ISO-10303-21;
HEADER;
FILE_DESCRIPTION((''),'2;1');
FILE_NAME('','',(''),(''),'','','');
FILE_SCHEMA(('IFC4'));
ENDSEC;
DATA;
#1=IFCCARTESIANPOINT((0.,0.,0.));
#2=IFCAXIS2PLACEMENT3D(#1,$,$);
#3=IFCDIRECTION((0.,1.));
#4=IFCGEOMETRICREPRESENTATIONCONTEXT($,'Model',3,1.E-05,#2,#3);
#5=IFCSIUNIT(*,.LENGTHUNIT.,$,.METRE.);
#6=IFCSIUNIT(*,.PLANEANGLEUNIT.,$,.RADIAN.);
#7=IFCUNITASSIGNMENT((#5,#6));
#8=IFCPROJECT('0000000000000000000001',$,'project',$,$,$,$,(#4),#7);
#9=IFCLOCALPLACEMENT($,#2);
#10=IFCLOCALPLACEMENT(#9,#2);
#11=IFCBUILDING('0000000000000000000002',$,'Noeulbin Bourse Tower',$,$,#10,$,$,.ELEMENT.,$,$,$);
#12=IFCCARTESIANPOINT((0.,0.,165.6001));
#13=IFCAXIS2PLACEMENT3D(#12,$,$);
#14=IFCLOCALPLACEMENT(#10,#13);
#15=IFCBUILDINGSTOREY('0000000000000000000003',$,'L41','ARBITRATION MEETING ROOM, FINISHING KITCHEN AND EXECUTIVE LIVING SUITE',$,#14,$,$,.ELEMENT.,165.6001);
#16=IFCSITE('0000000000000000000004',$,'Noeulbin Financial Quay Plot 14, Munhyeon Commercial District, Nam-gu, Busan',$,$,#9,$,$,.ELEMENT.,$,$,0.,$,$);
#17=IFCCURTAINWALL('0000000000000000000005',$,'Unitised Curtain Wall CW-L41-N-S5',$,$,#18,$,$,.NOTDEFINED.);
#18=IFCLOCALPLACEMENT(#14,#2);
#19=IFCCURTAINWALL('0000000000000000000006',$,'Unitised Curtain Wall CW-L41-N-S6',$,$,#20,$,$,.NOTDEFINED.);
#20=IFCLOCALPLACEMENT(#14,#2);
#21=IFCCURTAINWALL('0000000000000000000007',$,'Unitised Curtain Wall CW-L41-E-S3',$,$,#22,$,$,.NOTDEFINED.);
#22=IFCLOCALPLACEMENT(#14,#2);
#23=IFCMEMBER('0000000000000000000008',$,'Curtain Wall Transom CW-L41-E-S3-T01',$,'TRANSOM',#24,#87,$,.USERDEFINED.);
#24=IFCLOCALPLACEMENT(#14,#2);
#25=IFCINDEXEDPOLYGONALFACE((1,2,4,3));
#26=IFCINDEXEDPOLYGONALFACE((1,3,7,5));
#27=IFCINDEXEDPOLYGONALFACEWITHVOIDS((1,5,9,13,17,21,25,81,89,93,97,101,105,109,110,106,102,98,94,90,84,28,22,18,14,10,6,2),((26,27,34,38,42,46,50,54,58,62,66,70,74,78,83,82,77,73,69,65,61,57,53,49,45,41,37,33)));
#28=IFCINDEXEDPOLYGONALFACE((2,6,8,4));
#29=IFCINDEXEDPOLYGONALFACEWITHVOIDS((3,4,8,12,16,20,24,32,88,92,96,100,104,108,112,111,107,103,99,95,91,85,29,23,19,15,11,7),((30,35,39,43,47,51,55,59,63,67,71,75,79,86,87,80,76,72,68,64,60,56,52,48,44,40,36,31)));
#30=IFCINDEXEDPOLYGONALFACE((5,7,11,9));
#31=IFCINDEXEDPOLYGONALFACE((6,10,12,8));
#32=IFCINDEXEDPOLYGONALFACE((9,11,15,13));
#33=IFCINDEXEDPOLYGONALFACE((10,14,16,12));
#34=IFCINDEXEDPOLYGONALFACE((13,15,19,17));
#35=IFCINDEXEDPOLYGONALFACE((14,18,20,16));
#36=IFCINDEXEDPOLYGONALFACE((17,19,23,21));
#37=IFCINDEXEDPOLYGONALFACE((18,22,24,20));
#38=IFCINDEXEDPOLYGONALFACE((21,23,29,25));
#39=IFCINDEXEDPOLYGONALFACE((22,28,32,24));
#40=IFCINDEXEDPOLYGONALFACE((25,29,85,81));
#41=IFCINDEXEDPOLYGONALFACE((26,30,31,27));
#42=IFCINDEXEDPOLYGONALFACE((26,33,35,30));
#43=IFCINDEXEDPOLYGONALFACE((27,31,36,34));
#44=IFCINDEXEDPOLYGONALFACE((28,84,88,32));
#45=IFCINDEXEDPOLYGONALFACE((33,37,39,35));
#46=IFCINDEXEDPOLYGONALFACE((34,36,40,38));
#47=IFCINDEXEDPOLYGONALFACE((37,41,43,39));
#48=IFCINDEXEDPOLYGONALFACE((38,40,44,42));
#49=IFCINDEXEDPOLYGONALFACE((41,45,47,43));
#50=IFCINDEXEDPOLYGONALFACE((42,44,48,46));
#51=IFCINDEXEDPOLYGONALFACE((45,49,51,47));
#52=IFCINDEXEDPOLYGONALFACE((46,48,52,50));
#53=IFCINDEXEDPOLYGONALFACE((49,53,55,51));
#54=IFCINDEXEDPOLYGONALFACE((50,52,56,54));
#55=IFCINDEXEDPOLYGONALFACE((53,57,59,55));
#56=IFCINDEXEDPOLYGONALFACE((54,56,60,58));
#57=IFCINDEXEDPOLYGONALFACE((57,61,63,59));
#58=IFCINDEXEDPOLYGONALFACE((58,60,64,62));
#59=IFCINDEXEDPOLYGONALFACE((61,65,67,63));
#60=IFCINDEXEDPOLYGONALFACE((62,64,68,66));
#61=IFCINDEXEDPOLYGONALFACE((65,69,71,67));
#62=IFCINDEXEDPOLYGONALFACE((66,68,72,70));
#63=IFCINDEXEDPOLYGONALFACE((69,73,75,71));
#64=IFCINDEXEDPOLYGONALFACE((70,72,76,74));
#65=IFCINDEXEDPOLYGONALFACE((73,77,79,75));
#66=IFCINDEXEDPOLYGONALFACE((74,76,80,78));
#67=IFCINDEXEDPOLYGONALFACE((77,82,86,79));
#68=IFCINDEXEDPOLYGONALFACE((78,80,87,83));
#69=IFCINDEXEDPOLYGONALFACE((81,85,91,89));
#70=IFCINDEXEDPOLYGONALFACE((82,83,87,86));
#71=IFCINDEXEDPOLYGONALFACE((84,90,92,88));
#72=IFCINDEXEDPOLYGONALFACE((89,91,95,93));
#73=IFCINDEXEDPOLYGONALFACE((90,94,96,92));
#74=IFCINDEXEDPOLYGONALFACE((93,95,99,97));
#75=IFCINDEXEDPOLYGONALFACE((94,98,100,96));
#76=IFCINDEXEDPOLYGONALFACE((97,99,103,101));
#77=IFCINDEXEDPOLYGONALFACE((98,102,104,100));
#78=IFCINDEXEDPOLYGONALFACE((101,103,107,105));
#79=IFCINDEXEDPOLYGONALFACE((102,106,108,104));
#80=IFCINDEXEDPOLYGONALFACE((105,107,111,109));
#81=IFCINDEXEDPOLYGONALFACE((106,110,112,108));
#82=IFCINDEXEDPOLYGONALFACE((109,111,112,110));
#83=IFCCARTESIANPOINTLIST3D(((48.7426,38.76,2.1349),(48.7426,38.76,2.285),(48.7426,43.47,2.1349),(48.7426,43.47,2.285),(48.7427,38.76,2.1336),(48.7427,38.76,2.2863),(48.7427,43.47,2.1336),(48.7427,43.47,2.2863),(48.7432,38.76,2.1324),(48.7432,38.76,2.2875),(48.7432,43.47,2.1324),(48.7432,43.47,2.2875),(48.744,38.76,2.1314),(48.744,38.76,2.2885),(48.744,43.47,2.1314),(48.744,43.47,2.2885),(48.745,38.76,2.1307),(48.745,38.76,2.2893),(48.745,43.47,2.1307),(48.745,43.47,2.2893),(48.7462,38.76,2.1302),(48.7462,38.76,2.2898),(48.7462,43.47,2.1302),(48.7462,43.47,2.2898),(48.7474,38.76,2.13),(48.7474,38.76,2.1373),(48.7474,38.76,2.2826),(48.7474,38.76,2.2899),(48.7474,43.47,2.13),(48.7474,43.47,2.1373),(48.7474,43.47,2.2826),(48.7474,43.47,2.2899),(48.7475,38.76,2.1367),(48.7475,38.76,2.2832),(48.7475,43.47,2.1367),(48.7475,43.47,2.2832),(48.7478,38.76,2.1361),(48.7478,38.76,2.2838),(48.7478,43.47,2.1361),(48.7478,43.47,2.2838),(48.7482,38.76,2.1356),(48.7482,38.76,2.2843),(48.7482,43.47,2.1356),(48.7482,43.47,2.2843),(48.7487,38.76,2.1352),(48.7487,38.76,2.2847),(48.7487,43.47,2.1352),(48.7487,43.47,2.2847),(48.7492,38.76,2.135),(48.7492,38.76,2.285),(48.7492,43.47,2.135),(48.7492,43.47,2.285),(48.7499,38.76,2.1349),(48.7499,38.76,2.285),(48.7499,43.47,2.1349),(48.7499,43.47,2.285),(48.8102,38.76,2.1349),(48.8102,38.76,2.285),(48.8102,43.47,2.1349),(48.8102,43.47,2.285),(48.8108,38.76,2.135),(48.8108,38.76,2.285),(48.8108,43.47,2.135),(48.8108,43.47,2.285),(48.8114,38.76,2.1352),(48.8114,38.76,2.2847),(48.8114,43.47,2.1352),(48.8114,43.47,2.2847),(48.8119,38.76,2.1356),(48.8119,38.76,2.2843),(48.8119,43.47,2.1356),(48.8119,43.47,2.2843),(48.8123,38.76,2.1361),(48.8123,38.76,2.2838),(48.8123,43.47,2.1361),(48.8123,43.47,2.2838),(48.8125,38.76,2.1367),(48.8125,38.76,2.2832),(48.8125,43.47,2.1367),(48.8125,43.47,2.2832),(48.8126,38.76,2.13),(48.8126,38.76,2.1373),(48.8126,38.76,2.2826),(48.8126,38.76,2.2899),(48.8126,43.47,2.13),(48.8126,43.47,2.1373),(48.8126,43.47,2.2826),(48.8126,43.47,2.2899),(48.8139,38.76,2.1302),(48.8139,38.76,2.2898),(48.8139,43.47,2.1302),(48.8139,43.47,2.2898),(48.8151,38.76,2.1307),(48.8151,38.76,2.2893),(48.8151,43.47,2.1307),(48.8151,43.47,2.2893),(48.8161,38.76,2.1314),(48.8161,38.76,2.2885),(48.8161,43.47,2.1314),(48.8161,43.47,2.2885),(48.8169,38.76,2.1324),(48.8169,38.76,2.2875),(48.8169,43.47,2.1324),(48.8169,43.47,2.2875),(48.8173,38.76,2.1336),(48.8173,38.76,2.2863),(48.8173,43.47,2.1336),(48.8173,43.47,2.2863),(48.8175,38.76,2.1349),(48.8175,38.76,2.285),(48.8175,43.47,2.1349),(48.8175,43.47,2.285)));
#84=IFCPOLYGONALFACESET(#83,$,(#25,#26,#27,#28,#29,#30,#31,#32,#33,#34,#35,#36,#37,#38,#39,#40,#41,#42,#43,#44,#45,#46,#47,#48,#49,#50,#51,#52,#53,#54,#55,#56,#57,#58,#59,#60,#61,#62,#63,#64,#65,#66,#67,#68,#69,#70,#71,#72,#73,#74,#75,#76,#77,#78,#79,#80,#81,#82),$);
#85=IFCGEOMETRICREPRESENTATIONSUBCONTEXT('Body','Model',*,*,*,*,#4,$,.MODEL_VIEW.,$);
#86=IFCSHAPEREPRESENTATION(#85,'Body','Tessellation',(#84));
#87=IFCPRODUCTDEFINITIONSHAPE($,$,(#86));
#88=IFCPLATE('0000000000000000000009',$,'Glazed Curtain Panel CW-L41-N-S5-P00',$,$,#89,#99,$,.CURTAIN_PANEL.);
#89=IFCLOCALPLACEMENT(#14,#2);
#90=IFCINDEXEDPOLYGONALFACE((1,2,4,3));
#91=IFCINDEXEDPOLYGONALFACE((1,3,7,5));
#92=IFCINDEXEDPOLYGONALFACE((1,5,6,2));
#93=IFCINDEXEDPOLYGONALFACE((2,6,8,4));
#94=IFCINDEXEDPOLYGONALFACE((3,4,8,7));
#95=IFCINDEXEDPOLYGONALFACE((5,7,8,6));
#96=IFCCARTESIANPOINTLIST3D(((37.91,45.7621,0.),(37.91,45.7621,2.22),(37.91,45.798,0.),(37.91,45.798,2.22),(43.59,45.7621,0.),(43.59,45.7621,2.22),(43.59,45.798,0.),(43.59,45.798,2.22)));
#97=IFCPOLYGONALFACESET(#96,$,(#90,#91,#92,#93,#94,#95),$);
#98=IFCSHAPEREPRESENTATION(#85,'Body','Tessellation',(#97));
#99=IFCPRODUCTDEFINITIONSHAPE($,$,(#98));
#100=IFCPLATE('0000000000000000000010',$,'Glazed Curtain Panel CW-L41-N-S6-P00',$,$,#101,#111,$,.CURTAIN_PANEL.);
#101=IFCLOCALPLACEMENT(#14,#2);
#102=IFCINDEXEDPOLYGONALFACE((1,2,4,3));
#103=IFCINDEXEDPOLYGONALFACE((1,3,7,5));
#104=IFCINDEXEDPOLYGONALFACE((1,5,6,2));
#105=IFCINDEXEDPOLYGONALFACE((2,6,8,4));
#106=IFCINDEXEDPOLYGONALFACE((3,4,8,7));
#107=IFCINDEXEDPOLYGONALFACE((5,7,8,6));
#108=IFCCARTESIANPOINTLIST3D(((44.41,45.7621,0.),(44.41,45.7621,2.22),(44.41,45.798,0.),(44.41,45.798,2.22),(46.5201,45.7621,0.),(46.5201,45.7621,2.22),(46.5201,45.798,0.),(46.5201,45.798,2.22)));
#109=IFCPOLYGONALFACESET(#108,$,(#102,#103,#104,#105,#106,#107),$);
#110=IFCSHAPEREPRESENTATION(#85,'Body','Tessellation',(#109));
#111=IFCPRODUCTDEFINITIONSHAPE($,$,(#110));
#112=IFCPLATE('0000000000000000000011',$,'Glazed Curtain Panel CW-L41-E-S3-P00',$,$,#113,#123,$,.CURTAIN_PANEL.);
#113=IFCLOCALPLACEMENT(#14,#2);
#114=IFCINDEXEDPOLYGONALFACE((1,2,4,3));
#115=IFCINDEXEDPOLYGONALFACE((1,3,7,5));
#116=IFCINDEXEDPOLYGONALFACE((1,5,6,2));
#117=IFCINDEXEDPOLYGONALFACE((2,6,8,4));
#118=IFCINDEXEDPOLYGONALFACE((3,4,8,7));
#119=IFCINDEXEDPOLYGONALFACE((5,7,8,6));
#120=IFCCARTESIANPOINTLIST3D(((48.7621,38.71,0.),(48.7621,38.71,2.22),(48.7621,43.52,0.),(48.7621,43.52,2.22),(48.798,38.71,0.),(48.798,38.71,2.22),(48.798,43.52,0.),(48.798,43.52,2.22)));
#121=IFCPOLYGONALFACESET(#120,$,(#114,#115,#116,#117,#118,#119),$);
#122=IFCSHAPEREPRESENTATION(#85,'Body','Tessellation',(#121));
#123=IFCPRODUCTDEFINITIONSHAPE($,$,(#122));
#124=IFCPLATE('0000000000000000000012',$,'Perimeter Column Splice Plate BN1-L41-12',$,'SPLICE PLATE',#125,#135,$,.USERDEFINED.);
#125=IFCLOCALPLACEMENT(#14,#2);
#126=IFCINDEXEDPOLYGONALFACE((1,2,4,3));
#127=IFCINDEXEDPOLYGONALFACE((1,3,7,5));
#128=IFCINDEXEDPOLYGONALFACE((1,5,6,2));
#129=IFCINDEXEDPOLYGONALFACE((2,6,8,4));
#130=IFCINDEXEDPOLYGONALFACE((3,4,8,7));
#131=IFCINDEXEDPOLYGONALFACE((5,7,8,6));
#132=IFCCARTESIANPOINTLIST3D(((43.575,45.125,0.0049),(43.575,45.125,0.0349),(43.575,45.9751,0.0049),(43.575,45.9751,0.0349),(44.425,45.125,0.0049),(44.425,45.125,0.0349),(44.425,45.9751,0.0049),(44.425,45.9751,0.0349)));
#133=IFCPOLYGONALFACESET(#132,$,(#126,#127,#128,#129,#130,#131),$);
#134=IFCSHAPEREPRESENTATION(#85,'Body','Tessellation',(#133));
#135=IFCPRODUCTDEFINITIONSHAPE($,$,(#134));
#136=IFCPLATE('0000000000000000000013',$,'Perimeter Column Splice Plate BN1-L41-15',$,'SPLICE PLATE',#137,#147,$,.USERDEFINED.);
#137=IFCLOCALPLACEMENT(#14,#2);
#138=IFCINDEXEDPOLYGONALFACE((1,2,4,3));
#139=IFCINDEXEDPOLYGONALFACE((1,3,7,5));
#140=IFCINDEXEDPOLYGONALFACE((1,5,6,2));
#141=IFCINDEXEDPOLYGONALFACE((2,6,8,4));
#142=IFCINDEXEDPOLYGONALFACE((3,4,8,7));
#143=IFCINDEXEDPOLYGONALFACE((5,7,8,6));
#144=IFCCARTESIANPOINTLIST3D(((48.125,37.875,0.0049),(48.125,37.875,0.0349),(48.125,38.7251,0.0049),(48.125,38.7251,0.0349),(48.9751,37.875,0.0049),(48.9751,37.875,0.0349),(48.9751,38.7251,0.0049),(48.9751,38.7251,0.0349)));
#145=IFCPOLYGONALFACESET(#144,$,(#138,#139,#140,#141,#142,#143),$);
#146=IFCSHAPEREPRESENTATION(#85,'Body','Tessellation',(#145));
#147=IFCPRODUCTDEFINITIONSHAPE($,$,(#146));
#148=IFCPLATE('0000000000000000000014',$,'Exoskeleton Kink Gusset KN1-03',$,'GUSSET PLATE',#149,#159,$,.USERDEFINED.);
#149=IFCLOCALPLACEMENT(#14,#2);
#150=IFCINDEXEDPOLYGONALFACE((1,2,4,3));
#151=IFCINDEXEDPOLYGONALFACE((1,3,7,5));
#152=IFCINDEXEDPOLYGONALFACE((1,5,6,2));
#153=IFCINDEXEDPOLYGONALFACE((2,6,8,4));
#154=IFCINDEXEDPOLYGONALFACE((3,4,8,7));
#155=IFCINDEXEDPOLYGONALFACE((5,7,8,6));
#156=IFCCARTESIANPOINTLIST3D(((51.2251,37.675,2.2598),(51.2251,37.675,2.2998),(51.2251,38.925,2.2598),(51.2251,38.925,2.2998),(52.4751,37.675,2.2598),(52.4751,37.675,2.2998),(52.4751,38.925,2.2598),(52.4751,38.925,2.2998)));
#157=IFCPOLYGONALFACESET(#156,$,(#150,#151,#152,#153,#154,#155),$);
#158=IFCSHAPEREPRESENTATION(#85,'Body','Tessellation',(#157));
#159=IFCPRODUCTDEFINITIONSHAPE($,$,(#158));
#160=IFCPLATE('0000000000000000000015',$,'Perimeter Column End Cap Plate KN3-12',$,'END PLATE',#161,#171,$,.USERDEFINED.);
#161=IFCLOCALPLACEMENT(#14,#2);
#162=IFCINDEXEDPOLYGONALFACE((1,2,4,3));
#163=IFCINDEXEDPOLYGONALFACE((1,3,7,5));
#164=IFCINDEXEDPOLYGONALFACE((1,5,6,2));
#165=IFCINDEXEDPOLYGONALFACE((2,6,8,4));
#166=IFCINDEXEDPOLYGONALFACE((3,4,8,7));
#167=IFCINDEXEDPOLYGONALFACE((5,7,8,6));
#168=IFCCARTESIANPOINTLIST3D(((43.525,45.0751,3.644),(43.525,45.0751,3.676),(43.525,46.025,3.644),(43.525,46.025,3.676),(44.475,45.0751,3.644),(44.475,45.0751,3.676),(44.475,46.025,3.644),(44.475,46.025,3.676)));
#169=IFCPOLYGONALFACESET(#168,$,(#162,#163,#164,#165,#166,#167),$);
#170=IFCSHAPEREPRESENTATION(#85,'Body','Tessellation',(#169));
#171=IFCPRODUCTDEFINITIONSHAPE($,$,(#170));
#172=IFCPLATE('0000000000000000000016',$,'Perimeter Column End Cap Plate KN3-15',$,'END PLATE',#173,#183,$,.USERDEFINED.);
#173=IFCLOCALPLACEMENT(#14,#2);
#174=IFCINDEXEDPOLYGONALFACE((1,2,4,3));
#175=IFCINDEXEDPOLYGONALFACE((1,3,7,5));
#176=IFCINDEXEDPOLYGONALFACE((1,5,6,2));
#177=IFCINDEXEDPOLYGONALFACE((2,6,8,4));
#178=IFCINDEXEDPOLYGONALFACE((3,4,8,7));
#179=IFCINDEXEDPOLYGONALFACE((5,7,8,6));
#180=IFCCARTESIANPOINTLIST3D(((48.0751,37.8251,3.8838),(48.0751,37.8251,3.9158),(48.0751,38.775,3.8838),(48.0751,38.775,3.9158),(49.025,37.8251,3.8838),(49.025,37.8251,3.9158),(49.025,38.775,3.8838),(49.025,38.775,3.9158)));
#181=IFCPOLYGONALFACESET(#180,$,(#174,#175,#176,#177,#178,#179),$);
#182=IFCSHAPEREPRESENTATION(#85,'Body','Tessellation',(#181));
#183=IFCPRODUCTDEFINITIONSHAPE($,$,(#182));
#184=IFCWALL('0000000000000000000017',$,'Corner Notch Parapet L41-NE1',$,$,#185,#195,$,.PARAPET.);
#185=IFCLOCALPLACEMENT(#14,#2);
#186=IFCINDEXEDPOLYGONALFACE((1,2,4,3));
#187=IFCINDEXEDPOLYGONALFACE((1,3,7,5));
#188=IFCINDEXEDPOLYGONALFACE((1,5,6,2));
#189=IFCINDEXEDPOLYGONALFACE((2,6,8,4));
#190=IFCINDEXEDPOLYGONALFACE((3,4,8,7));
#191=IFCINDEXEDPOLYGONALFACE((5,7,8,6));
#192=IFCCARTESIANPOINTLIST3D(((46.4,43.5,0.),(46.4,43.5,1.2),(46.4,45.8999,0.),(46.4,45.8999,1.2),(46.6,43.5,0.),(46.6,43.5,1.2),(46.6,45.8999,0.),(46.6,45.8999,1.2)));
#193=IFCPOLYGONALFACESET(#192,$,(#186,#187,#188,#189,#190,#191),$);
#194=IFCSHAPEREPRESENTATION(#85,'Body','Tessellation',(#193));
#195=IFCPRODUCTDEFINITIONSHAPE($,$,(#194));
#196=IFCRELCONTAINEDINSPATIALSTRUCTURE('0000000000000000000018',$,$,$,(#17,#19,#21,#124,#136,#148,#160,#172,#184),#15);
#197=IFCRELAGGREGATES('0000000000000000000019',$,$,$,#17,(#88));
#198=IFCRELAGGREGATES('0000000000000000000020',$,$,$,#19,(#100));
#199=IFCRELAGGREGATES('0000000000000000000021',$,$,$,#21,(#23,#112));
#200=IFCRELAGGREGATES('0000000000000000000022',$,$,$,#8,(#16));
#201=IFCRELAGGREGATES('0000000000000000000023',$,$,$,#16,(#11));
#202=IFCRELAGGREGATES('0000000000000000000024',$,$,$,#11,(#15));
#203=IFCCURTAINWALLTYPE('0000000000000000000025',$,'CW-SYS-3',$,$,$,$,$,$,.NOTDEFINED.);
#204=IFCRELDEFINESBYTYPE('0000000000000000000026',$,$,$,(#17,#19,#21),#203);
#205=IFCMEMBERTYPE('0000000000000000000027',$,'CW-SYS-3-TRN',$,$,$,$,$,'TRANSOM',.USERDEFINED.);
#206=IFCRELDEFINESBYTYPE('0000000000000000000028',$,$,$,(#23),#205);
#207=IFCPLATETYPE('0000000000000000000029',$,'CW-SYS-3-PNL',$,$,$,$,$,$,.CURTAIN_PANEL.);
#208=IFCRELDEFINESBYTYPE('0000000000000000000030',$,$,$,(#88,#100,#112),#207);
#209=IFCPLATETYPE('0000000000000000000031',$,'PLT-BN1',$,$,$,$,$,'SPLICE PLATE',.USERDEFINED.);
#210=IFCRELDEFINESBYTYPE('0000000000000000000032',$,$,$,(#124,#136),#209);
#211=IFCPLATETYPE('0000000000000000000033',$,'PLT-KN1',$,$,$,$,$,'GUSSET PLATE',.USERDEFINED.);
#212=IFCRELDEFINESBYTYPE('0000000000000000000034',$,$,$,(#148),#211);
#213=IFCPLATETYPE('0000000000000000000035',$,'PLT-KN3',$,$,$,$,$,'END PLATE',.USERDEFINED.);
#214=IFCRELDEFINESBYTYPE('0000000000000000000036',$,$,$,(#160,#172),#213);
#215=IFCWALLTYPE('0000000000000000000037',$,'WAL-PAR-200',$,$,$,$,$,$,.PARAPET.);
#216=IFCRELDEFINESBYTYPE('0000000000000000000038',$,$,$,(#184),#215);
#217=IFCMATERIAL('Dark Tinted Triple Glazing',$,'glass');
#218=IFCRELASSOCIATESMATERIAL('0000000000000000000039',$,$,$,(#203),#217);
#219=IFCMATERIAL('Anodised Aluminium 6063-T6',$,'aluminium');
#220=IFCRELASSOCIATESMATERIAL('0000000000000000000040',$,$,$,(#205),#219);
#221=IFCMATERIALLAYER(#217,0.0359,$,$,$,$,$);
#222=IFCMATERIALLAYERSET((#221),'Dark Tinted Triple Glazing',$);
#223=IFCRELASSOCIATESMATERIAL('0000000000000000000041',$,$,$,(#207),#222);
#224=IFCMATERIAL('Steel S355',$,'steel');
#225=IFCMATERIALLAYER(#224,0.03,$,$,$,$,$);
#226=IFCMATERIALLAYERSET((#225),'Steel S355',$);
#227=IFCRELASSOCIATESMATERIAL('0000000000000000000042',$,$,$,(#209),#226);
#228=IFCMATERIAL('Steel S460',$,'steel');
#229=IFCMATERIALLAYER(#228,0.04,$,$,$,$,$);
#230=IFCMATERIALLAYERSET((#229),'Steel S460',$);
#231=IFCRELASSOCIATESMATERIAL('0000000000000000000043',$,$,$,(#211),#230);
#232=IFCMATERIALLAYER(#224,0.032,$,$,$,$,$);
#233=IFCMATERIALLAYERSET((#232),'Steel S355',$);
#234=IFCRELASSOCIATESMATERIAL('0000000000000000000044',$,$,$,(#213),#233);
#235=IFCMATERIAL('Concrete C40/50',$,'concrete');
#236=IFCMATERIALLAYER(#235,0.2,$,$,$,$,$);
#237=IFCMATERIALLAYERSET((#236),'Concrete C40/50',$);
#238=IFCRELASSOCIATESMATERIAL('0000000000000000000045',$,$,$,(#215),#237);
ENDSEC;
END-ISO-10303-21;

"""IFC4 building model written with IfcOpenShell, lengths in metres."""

from ifc_helpers import new_model, si_unit, direction, frame, frame_2d, origin, origin_2d, place, context, subcontext, project, spatial, rectangle, hollow_rectangle, extrude, material, layer, layer_set, material_profile, profile_set, type_object, element, aggregate, save


model = new_model("IFC4")

# Units and contexts
model_context = context("Model", 3, precision=1e-05, world=origin(), true_north=direction((0.0, 1.0)))
body_context = subcontext(model_context, "Body", "Model", "MODEL_VIEW")
ifc_project = project(units=[si_unit("LENGTHUNIT", "METRE"), si_unit("PLANEANGLEUNIT", "RADIAN")], contexts=[model_context])

# Site, building, storey
site_placement = place(None, origin())
site = spatial("IfcSite", under=ifc_project, at=site_placement, Name="Noeulbin Financial Quay Plot 14, Munhyeon Commercial District, Nam-gu, Busan", CompositionType="ELEMENT", RefElevation=0.0)
building_placement = place(site_placement, origin())
building = spatial("IfcBuilding", under=site, at=building_placement, Name="Noeulbin Bourse Tower", CompositionType="ELEMENT")
storey_placement = place(building_placement, frame((0.0, 0.0, 165.6001)))
storey = spatial("IfcBuildingStorey", under=building, at=storey_placement, Name="L41", Description="ARBITRATION MEETING ROOM, FINISHING KITCHEN AND EXECUTIVE LIVING SUITE", CompositionType="ELEMENT", Elevation=165.6001)

# Shared definitions
ifc_material_1 = material(Name="Steel S355", Category="steel")

# Shared definitions
ifc_material_2 = material(Name="Steel S460", Category="steel")

# Curtain wall
ifc_material_3 = material(Name="Dark Tinted Triple Glazing", Category="glass")
curtain_wall_type = type_object("IfcCurtainWallType", Name="CW-SYS-3", PredefinedType="NOTDEFINED", material=ifc_material_3)
curtain_wall_1_placement = place(storey_placement, origin())
curtain_wall_1 = element("IfcCurtainWall", 1, at=curtain_wall_1_placement, inside=storey, type_object=curtain_wall_type, Name="Unitised Curtain Wall CW-L41-N-S5", PredefinedType="NOTDEFINED")
ifc_material_4 = material(Name="Anodised Aluminium 6063-T6", Category="aluminium")

# Curtain walls
curtain_wall_2_placement = place(storey_placement, origin())
curtain_wall_2 = element("IfcCurtainWall", 2, at=curtain_wall_2_placement, inside=storey, type_object=curtain_wall_type, Name="Unitised Curtain Wall CW-L41-N-S6", PredefinedType="NOTDEFINED")
curtain_wall_3_placement = place(storey_placement, origin())
curtain_wall_3 = element("IfcCurtainWall", 3, at=curtain_wall_3_placement, inside=storey, type_object=curtain_wall_type, Name="Unitised Curtain Wall CW-L41-E-S3", PredefinedType="NOTDEFINED")

# Member
ifc_material_profile_1 = material_profile(ifc_material_4, hollow_rectangle(XDim=0.075, YDim=0.1599, WallThickness=0.0049, InnerFilletRadius=0.0024, OuterFilletRadius=0.0049, at=origin_2d()), Name="ALU-TRAN-75x160x5", Category="LoadBearing")
ifc_profile_set_1 = profile_set([ifc_material_profile_1], Name="Anodised Aluminium 6063-T6")
member_type_1 = type_object("IfcMemberType", Name="CW-SYS-3-TRN", ElementType="TRANSOM", PredefinedType="USERDEFINED", material=ifc_profile_set_1)
member_1_placement = place(storey_placement, frame((48.78, 38.76, 2.21), z_axis=(0.0, 1.0, 0.0), x_axis=(-1.0, 0.0, 0.0)))
member_1 = element("IfcMember", 4, at=member_1_placement, type_object=member_type_1, Name="Curtain Wall Transom CW-L41-E-S3-T01", ObjectType="TRANSOM", PredefinedType="USERDEFINED", context=body_context, shape_type="SweptSolid", body=[
    extrude(hollow_rectangle(XDim=0.075, YDim=0.1599, WallThickness=0.0049, InnerFilletRadius=0.0024, OuterFilletRadius=0.0049, at=origin_2d()), origin(), (0.0, 0.0, 1.0), 4.71),
])

# Plates
ifc_layer_1 = layer(ifc_material_3, 0.0359)
ifc_layer_set_1 = layer_set([ifc_layer_1], Name="Dark Tinted Triple Glazing")
plate_type_1 = type_object("IfcPlateType", Name="CW-SYS-3-PNL", PredefinedType="CURTAIN_PANEL", material=ifc_layer_set_1)
plate_1_placement = place(storey_placement, frame((40.75, 45.78, 0.0), z_axis=(0.0, 0.0, 1.0), x_axis=(1.0, 0.0, 0.0)))
plate_1 = element("IfcPlate", 5, at=plate_1_placement, type_object=plate_type_1, Name="Glazed Curtain Panel CW-L41-N-S5-P00", PredefinedType="CURTAIN_PANEL", context=body_context, shape_type="SweptSolid", body=[
    extrude(rectangle(XDim=5.6799, YDim=0.0359, at=origin_2d()), origin(), (0.0, 0.0, 1.0), 2.22),
])
aggregate(curtain_wall_1, [plate_1])
plate_2_placement = place(storey_placement, frame((45.4651, 45.78, 0.0), z_axis=(0.0, 0.0, 1.0), x_axis=(1.0, 0.0, 0.0)))
plate_2 = element("IfcPlate", 6, at=plate_2_placement, type_object=plate_type_1, Name="Glazed Curtain Panel CW-L41-N-S6-P00", PredefinedType="CURTAIN_PANEL", context=body_context, shape_type="SweptSolid", body=[
    extrude(rectangle(XDim=2.1101, YDim=0.0359, at=origin_2d()), origin(), (0.0, 0.0, 1.0), 2.22),
])
aggregate(curtain_wall_2, [plate_2])
plate_3_placement = place(storey_placement, frame((48.78, 41.115, 0.0), z_axis=(0.0, 0.0, 1.0), x_axis=(0.0, 1.0, 0.0)))
plate_3 = element("IfcPlate", 7, at=plate_3_placement, type_object=plate_type_1, Name="Glazed Curtain Panel CW-L41-E-S3-P00", PredefinedType="CURTAIN_PANEL", context=body_context, shape_type="SweptSolid", body=[
    extrude(rectangle(XDim=4.8101, YDim=0.0359, at=origin_2d()), origin(), (0.0, 0.0, 1.0), 2.22),
])
aggregate(curtain_wall_3, [member_1, plate_3])

# Plates
ifc_layer_2 = layer(ifc_material_1, 0.03)
ifc_layer_set_2 = layer_set([ifc_layer_2], Name="Steel S355")
plate_type_2 = type_object("IfcPlateType", Name="PLT-BN1", ElementType="SPLICE PLATE", PredefinedType="USERDEFINED", material=ifc_layer_set_2)
for number, where, z_axis, x_axis, name in (
    (8, (44.0, 45.55, 0.0049), (0.0, 0.0, 1.0), (1.0, 0.0, 0.0), "Perimeter Column Splice Plate BN1-L41-12"),
    (9, (48.55, 38.3, 0.0049), (0.0, 0.0, 1.0), (1.0, 0.0, 0.0), "Perimeter Column Splice Plate BN1-L41-15"),
):
    element("IfcPlate", number, at=place(storey_placement, frame(where, z_axis=z_axis, x_axis=x_axis)), inside=storey, type_object=plate_type_2, Name=name, ObjectType="SPLICE PLATE", PredefinedType="USERDEFINED", context=body_context, shape_type="SweptSolid", body=[
        extrude(rectangle(XDim=0.8501, YDim=0.8501, at=origin_2d()), origin(), (0.0, 0.0, 1.0), 0.03),
    ])
ifc_layer_3 = layer(ifc_material_2, 0.04)
ifc_layer_set_3 = layer_set([ifc_layer_3], Name="Steel S460")
plate_type_3 = type_object("IfcPlateType", Name="PLT-KN1", ElementType="GUSSET PLATE", PredefinedType="USERDEFINED", material=ifc_layer_set_3)
plate_4_placement = place(storey_placement, frame((51.8501, 38.3, 2.2598), z_axis=(0.0, 0.0, 1.0), x_axis=(1.0, 0.0, 0.0)))
element("IfcPlate", 10, at=plate_4_placement, inside=storey, type_object=plate_type_3, Name="Exoskeleton Kink Gusset KN1-03", ObjectType="GUSSET PLATE", PredefinedType="USERDEFINED", context=body_context, shape_type="SweptSolid", body=[
    extrude(rectangle(XDim=1.25, YDim=1.25, at=origin_2d()), origin(), (0.0, 0.0, 1.0), 0.04),
])
ifc_layer_4 = layer(ifc_material_1, 0.032)
ifc_layer_set_4 = layer_set([ifc_layer_4], Name="Steel S355")
plate_type_4 = type_object("IfcPlateType", Name="PLT-KN3", ElementType="END PLATE", PredefinedType="USERDEFINED", material=ifc_layer_set_4)
for number, where, z_axis, x_axis, name in (
    (11, (44.0, 45.55, 3.644), (0.0, 0.0, 1.0), (1.0, 0.0, 0.0), "Perimeter Column End Cap Plate KN3-12"),
    (12, (48.55, 38.3, 3.8838), (0.0, 0.0, 1.0), (1.0, 0.0, 0.0), "Perimeter Column End Cap Plate KN3-15"),
):
    element("IfcPlate", number, at=place(storey_placement, frame(where, z_axis=z_axis, x_axis=x_axis)), inside=storey, type_object=plate_type_4, Name=name, ObjectType="END PLATE", PredefinedType="USERDEFINED", context=body_context, shape_type="SweptSolid", body=[
        extrude(rectangle(XDim=0.95, YDim=0.95, at=origin_2d()), origin(), (0.0, 0.0, 1.0), 0.032),
    ])

# Wall
ifc_material_5 = material(Name="Concrete C40/50", Category="concrete")
ifc_layer_5 = layer(ifc_material_5, 0.2)
ifc_layer_set_5 = layer_set([ifc_layer_5], Name="Concrete C40/50")
wall_type_1 = type_object("IfcWallType", Name="WAL-PAR-200", PredefinedType="PARAPET", material=ifc_layer_set_5)
for number, where, z_axis, x_axis, name in (
    (13, (46.5, 45.8999, 0.0), (0.0, 0.0, 1.0), (0.0, -1.0, 0.0), "Corner Notch Parapet L41-NE1"),
):
    element("IfcWall", number, at=place(storey_placement, frame(where, z_axis=z_axis, x_axis=x_axis)), inside=storey, type_object=wall_type_1, Name=name, PredefinedType="PARAPET", context=body_context, shape_type="SweptSolid", body=[
        extrude(rectangle(XDim=2.3999, YDim=0.2, at=frame_2d((1.2, 0.0))), origin(), (0.0, 0.0, 1.0), 1.2),
    ])

save(model, "model.ifc")
